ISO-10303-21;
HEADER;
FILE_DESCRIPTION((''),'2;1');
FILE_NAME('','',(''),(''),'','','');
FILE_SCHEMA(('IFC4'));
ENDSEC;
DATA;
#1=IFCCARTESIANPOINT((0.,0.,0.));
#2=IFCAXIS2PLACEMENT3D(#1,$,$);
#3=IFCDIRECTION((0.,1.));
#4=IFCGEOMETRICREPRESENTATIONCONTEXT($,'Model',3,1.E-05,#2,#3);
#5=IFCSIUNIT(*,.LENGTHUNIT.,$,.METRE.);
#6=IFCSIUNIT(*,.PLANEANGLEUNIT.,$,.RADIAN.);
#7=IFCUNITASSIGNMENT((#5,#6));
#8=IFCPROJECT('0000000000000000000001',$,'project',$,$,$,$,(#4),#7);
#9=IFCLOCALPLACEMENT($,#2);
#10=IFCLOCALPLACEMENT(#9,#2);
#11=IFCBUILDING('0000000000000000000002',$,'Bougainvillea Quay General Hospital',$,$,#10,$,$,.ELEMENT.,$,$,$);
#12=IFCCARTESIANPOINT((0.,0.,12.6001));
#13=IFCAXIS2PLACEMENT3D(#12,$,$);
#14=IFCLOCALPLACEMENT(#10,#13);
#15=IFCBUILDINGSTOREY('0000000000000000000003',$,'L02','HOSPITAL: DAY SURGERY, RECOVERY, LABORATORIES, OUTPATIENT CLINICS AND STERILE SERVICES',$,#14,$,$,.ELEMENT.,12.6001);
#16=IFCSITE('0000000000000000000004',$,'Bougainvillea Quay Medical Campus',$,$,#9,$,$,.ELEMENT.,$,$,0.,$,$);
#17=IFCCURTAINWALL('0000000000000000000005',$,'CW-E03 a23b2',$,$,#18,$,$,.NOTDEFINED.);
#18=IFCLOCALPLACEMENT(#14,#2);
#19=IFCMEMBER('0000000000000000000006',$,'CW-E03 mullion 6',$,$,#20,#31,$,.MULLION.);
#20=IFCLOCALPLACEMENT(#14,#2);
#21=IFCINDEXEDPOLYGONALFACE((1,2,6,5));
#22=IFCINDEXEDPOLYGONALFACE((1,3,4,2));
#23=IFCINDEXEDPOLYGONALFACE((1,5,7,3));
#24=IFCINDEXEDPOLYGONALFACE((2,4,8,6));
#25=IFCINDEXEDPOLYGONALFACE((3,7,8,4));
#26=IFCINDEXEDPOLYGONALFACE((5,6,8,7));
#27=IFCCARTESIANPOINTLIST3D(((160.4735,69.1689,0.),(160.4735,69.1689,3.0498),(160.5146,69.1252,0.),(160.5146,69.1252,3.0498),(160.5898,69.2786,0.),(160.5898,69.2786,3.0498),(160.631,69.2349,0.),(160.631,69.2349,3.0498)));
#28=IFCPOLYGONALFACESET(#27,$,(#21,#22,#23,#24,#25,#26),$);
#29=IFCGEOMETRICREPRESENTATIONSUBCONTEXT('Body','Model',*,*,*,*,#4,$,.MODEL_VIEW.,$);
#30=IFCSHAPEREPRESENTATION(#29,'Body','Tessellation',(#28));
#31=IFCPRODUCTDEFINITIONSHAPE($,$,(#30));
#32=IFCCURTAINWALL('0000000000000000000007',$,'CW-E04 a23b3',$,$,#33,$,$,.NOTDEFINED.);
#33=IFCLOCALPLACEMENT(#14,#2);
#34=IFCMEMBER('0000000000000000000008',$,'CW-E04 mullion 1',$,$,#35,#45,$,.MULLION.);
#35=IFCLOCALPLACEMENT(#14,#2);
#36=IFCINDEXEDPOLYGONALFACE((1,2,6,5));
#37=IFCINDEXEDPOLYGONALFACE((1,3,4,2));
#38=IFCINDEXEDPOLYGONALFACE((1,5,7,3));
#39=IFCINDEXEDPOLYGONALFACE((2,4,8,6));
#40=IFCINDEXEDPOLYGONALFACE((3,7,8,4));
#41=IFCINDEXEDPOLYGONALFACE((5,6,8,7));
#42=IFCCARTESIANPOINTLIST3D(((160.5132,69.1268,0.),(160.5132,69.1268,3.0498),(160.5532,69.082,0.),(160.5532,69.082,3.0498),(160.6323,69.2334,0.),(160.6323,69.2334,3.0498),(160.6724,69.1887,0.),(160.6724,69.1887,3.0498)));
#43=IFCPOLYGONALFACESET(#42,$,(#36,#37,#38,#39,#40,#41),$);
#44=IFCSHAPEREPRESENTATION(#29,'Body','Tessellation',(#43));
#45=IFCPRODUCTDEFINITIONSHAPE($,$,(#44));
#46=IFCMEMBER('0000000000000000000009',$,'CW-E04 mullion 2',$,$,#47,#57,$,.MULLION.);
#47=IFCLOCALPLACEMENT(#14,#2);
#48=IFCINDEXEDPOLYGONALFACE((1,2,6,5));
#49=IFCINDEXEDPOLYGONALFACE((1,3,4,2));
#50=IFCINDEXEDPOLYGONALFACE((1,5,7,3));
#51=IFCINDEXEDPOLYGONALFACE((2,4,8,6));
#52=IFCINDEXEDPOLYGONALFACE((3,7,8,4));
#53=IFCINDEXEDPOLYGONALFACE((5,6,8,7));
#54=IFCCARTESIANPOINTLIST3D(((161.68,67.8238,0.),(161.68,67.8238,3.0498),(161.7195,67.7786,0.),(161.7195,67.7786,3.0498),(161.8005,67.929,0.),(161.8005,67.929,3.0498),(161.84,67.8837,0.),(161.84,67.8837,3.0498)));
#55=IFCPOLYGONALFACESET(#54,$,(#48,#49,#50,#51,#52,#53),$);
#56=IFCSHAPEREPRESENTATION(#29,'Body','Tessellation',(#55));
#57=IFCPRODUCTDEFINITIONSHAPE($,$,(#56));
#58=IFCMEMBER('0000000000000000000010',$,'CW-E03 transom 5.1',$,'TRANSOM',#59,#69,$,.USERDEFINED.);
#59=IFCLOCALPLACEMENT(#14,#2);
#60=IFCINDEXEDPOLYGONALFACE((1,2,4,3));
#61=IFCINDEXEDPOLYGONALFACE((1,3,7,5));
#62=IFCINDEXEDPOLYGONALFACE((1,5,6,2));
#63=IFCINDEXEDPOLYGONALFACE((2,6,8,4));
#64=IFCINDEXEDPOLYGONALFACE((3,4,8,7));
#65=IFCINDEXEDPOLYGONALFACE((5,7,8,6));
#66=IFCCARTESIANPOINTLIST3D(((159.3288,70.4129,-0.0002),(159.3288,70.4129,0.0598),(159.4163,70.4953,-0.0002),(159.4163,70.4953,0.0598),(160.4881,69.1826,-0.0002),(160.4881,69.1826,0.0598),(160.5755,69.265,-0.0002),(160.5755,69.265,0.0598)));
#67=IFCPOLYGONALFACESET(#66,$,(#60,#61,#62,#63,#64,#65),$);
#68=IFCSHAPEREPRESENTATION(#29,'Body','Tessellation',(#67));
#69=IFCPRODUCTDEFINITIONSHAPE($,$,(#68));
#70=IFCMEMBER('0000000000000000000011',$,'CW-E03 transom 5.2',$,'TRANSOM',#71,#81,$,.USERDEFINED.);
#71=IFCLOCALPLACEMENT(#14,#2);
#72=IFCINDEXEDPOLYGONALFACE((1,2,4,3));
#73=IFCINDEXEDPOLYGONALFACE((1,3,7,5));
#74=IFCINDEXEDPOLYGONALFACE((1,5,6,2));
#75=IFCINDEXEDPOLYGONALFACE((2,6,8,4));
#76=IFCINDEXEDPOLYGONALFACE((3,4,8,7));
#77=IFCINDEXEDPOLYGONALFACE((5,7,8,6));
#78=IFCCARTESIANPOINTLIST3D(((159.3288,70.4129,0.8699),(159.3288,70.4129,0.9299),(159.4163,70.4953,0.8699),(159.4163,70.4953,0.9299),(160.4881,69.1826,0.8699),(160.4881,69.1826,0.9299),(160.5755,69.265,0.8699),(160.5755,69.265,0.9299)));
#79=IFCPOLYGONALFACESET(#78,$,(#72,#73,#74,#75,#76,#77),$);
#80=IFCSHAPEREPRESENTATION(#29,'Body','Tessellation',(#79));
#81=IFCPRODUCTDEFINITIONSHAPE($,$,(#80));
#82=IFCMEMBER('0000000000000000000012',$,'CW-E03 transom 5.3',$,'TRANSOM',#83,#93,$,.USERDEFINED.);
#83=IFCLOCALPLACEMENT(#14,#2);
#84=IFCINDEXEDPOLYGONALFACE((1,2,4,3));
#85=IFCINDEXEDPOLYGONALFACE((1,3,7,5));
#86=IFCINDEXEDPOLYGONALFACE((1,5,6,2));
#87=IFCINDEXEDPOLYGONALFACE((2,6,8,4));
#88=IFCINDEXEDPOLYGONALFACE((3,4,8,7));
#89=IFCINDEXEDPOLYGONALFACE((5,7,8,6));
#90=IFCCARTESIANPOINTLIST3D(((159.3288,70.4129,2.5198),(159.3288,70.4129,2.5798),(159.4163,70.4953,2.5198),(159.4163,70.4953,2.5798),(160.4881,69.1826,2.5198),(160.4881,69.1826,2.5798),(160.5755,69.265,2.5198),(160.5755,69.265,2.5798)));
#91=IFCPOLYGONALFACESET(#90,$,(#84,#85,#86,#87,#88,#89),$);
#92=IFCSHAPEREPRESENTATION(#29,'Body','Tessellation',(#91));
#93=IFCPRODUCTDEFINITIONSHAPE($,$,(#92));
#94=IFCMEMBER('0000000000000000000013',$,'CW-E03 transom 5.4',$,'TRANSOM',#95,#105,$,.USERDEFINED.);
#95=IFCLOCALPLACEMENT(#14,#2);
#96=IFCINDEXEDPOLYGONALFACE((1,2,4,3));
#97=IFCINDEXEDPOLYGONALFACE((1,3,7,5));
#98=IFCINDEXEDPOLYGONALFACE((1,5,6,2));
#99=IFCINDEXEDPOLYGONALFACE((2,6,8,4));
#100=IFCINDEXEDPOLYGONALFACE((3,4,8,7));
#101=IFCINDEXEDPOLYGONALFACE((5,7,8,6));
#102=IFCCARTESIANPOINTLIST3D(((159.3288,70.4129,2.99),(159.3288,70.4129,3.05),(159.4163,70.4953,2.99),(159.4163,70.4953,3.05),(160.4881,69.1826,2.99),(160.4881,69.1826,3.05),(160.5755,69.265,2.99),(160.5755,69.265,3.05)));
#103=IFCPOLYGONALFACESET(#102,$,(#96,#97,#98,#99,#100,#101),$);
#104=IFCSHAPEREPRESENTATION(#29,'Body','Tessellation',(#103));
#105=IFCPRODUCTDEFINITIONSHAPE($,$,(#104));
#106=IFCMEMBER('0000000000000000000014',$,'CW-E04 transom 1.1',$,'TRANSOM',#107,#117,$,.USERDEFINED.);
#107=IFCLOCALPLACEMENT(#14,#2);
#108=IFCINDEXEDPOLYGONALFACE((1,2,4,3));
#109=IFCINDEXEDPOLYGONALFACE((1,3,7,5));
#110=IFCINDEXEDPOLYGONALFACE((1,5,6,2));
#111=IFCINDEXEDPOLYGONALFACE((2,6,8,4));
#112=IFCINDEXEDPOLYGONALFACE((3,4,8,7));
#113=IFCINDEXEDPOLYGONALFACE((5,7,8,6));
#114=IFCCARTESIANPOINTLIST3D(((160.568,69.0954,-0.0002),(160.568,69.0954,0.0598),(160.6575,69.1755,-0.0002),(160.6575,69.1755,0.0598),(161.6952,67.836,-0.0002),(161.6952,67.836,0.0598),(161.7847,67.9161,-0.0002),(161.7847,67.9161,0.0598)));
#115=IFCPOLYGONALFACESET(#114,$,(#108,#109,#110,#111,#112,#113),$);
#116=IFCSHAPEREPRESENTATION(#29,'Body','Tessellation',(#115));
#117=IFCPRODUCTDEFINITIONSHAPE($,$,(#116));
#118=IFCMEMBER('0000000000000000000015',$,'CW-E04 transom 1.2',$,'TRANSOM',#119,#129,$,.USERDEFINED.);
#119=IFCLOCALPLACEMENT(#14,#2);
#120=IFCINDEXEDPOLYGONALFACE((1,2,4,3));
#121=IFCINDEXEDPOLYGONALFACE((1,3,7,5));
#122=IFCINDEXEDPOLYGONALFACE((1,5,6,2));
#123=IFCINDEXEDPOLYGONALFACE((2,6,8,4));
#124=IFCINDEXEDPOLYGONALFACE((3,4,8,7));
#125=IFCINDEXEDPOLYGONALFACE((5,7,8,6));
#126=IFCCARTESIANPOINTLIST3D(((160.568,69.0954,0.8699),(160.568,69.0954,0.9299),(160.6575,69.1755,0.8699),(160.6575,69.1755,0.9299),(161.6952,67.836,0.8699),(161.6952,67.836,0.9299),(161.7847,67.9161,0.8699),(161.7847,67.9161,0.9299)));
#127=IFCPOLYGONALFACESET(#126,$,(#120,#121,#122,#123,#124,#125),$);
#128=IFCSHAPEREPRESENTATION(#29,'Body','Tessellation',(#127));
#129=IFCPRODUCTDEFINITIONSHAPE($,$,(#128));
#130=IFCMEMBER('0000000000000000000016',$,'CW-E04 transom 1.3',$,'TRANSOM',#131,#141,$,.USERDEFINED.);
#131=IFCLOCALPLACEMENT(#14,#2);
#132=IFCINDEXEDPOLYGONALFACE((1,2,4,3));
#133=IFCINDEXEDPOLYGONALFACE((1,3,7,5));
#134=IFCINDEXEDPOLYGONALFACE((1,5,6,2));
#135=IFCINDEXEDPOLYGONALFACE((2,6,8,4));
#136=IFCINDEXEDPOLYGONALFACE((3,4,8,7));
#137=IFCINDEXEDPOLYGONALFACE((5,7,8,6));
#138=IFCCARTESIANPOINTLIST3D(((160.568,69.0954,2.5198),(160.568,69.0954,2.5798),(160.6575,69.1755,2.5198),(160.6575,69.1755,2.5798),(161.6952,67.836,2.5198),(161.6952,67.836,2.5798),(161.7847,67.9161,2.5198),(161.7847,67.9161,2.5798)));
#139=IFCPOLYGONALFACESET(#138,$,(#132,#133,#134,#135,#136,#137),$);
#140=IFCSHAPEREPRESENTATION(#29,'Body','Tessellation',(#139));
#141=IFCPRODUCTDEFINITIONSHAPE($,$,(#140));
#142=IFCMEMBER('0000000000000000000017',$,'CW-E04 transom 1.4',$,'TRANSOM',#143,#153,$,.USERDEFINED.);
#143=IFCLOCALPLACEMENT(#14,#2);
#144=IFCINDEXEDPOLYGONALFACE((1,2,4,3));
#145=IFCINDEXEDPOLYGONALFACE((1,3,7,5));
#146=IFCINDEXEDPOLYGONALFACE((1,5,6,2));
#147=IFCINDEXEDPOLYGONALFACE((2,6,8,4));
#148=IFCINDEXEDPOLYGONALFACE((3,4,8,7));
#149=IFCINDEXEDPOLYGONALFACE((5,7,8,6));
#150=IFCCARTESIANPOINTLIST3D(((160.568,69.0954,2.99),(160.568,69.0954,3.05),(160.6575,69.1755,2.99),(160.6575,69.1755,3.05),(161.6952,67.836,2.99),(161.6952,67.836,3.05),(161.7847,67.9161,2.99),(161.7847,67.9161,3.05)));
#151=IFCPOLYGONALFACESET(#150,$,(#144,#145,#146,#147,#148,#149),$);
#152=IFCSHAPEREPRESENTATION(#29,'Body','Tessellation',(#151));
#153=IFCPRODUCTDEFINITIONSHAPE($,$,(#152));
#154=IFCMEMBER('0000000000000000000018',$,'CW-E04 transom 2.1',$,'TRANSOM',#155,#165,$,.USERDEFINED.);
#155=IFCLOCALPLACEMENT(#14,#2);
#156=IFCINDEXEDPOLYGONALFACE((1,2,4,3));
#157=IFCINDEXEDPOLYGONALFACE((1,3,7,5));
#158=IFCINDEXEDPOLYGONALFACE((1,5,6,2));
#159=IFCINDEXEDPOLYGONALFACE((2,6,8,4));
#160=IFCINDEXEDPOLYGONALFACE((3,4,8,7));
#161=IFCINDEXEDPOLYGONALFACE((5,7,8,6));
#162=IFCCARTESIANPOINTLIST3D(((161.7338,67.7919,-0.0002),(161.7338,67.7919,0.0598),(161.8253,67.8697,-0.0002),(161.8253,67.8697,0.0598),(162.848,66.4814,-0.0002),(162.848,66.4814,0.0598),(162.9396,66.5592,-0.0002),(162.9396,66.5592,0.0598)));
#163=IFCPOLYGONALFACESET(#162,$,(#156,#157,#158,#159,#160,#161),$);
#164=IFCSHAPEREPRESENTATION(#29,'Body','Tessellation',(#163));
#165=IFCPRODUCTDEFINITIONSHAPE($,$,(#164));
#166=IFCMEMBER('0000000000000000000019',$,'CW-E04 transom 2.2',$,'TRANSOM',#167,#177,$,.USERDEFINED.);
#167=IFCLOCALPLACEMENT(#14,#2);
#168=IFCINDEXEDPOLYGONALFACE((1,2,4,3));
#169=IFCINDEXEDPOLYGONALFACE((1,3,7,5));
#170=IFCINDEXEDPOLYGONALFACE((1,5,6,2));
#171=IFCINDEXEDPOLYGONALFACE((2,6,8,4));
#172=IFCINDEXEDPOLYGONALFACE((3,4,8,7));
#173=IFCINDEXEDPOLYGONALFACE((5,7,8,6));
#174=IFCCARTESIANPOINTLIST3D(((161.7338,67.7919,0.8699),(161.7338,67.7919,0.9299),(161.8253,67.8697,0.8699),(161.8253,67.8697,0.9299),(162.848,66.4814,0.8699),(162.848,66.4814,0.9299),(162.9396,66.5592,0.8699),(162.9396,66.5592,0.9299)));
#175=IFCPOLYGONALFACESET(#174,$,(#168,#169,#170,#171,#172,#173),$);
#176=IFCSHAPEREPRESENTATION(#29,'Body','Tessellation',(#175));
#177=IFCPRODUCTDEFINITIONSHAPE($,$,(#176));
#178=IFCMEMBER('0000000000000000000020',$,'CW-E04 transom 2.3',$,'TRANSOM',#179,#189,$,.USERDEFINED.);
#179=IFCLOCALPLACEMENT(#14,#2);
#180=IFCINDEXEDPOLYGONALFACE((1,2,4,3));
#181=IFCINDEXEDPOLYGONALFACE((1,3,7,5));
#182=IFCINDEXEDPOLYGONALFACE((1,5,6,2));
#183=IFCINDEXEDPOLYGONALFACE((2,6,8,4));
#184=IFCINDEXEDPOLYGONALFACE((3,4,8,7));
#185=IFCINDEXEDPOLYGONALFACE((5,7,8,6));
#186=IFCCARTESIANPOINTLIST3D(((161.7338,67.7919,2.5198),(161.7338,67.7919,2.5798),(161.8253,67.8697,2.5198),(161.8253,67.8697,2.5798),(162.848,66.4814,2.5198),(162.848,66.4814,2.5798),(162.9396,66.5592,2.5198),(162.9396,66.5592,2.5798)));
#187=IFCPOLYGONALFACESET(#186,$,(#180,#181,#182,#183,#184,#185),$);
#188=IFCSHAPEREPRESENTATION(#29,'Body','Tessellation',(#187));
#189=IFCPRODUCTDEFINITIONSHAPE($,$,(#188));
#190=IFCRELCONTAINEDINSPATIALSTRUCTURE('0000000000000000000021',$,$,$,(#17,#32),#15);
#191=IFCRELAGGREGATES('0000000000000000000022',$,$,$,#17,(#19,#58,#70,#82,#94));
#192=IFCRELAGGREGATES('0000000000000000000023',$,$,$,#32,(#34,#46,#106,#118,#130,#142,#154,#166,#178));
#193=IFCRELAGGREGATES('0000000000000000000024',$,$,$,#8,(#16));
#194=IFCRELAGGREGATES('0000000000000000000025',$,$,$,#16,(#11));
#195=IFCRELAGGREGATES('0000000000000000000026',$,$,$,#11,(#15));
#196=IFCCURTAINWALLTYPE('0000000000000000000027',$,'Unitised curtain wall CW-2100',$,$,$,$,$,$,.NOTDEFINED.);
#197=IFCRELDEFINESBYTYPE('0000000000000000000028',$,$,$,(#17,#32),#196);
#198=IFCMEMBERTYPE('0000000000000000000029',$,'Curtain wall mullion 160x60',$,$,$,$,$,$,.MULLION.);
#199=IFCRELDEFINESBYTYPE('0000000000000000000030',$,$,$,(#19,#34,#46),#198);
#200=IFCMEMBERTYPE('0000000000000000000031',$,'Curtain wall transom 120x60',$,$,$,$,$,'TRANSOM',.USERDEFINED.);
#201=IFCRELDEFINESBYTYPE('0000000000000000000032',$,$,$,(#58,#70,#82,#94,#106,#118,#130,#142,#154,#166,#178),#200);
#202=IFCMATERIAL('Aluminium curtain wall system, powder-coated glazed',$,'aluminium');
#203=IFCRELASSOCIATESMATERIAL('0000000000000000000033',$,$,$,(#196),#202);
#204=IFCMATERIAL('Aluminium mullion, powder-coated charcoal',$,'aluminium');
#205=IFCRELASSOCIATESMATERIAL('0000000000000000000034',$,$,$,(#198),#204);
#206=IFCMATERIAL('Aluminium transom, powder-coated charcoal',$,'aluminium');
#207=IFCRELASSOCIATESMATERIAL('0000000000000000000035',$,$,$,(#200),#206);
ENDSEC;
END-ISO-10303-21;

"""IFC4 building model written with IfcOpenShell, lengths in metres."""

from ifc_helpers import new_model, si_unit, direction, frame, origin, origin_2d, place, context, subcontext, project, spatial, rectangle, extrude, material, material_profile, profile_set, type_object, element, aggregate, save


model = new_model("IFC4")

# Units and contexts
model_context = context("Model", 3, precision=1e-05, world=origin(), true_north=direction((0.0, 1.0)))
body_context = subcontext(model_context, "Body", "Model", "MODEL_VIEW")
ifc_project = project(units=[si_unit("LENGTHUNIT", "METRE"), si_unit("PLANEANGLEUNIT", "RADIAN")], contexts=[model_context])

# Site, building, storey
site_placement = place(None, origin())
site = spatial("IfcSite", under=ifc_project, at=site_placement, Name="Bougainvillea Quay Medical Campus", CompositionType="ELEMENT", RefElevation=0.0)
building_placement = place(site_placement, origin())
building = spatial("IfcBuilding", under=site, at=building_placement, Name="Bougainvillea Quay General Hospital", CompositionType="ELEMENT")
storey_placement = place(building_placement, frame((0.0, 0.0, 12.6001)))
storey = spatial("IfcBuildingStorey", under=building, at=storey_placement, Name="L02", Description="HOSPITAL: DAY SURGERY, RECOVERY, LABORATORIES, OUTPATIENT CLINICS AND STERILE SERVICES", CompositionType="ELEMENT", Elevation=12.6001)

# Curtain wall, member
ifc_material_1 = material(Name="Aluminium curtain wall system, powder-coated glazed", Category="aluminium")
curtain_wall_type = type_object("IfcCurtainWallType", Name="Unitised curtain wall CW-2100", PredefinedType="NOTDEFINED", material=ifc_material_1)
curtain_wall_1_placement = place(storey_placement, origin())
curtain_wall_1 = element("IfcCurtainWall", 1, at=curtain_wall_1_placement, inside=storey, type_object=curtain_wall_type, Name="CW-E03 a23b2", PredefinedType="NOTDEFINED")
ifc_material_2 = material(Name="Aluminium mullion, powder-coated charcoal", Category="aluminium")
ifc_material_profile_1 = material_profile(ifc_material_2, rectangle(XDim=0.1599, YDim=0.0601, at=origin_2d()))
ifc_profile_set_1 = profile_set([ifc_material_profile_1], Name="Aluminium mullion, powder-coated charcoal")
member_type_1 = type_object("IfcMemberType", Name="Curtain wall mullion 160x60", PredefinedType="MULLION", material=ifc_profile_set_1)
member_1_placement = place(storey_placement, frame((160.5522, 69.2019, 0.0), z_axis=(0.0, 0.0, 1.0), x_axis=(0.72783, 0.685757, 0.0)))
member_1 = element("IfcMember", 2, at=member_1_placement, type_object=member_type_1, Name="CW-E03 mullion 6", PredefinedType="MULLION", context=body_context, shape_type="SweptSolid", body=[
    extrude(rectangle(XDim=0.1599, YDim=0.0601, at=origin_2d()), origin(), (0.0, 0.0, 1.0), 3.0498),
])

# Curtain wall, members
curtain_wall_2_placement = place(storey_placement, origin())
curtain_wall_2 = element("IfcCurtainWall", 3, at=curtain_wall_2_placement, inside=storey, type_object=curtain_wall_type, Name="CW-E04 a23b3", PredefinedType="NOTDEFINED")
member_2_placement = place(storey_placement, frame((160.5928, 69.1577, 0.0), z_axis=(0.0, 0.0, 1.0), x_axis=(0.745094, 0.666959, 0.0)))
member_2 = element("IfcMember", 4, at=member_2_placement, type_object=member_type_1, Name="CW-E04 mullion 1", PredefinedType="MULLION", context=body_context, shape_type="SweptSolid", body=[
    extrude(rectangle(XDim=0.1599, YDim=0.0601, at=origin_2d()), origin(), (0.0, 0.0, 1.0), 3.0498),
])
member_3_placement = place(storey_placement, frame((161.76, 67.8538, 0.0), z_axis=(0.0, 0.0, 1.0), x_axis=(0.753545, 0.657396, 0.0)))
member_3 = element("IfcMember", 5, at=member_3_placement, type_object=member_type_1, Name="CW-E04 mullion 2", PredefinedType="MULLION", context=body_context, shape_type="SweptSolid", body=[
    extrude(rectangle(XDim=0.1599, YDim=0.0601, at=origin_2d()), origin(), (0.0, 0.0, 1.0), 3.0498),
])

# Members
ifc_material_3 = material(Name="Aluminium transom, powder-coated charcoal", Category="aluminium")
ifc_material_profile_2 = material_profile(ifc_material_3, rectangle(XDim=0.1201, YDim=0.0601, at=origin_2d()))
ifc_profile_set_2 = profile_set([ifc_material_profile_2], Name="Aluminium transom, powder-coated charcoal")
member_type_2 = type_object("IfcMemberType", Name="Curtain wall transom 120x60", ElementType="TRANSOM", PredefinedType="USERDEFINED", material=ifc_profile_set_2)
member_4_placement = place(storey_placement, frame((159.3726, 70.4541, 0.0298), z_axis=(0.685779, -0.72781, 0.0), x_axis=(0.72781, 0.685779, 0.0)))
member_4 = element("IfcMember", 6, at=member_4_placement, type_object=member_type_2, Name="CW-E03 transom 5.1", ObjectType="TRANSOM", PredefinedType="USERDEFINED", context=body_context, shape_type="SweptSolid", body=[
    extrude(rectangle(XDim=0.1201, YDim=0.0601, at=origin_2d()), origin(), (0.0, 0.0, 1.0), 1.6904),
])
member_5_placement = place(storey_placement, frame((159.3726, 70.4541, 0.8999), z_axis=(0.685779, -0.72781, 0.0), x_axis=(0.72781, 0.685779, 0.0)))
member_5 = element("IfcMember", 7, at=member_5_placement, type_object=member_type_2, Name="CW-E03 transom 5.2", ObjectType="TRANSOM", PredefinedType="USERDEFINED", context=body_context, shape_type="SweptSolid", body=[
    extrude(rectangle(XDim=0.1201, YDim=0.0601, at=origin_2d()), origin(), (0.0, 0.0, 1.0), 1.6904),
])
member_6_placement = place(storey_placement, frame((159.3726, 70.4541, 2.5498), z_axis=(0.685779, -0.72781, 0.0), x_axis=(0.72781, 0.685779, 0.0)))
member_6 = element("IfcMember", 8, at=member_6_placement, type_object=member_type_2, Name="CW-E03 transom 5.3", ObjectType="TRANSOM", PredefinedType="USERDEFINED", context=body_context, shape_type="SweptSolid", body=[
    extrude(rectangle(XDim=0.1201, YDim=0.0601, at=origin_2d()), origin(), (0.0, 0.0, 1.0), 1.6904),
])
member_7_placement = place(storey_placement, frame((159.3726, 70.4541, 3.02), z_axis=(0.685779, -0.72781, 0.0), x_axis=(0.72781, 0.685779, 0.0)))
member_7 = element("IfcMember", 9, at=member_7_placement, type_object=member_type_2, Name="CW-E03 transom 5.4", ObjectType="TRANSOM", PredefinedType="USERDEFINED", context=body_context, shape_type="SweptSolid", body=[
    extrude(rectangle(XDim=0.1201, YDim=0.0601, at=origin_2d()), origin(), (0.0, 0.0, 1.0), 1.6904),
])
member_8_placement = place(storey_placement, frame((160.6128, 69.1355, 0.0298), z_axis=(0.666879, -0.745166, 0.0), x_axis=(0.745166, 0.666879, 0.0)))
member_8 = element("IfcMember", 10, at=member_8_placement, type_object=member_type_2, Name="CW-E04 transom 1.1", ObjectType="TRANSOM", PredefinedType="USERDEFINED", context=body_context, shape_type="SweptSolid", body=[
    extrude(rectangle(XDim=0.1201, YDim=0.0601, at=origin_2d()), origin(), (0.0, 0.0, 1.0), 1.6902),
])
member_9_placement = place(storey_placement, frame((160.6128, 69.1355, 0.8999), z_axis=(0.666879, -0.745166, 0.0), x_axis=(0.745166, 0.666879, 0.0)))
member_9 = element("IfcMember", 11, at=member_9_placement, type_object=member_type_2, Name="CW-E04 transom 1.2", ObjectType="TRANSOM", PredefinedType="USERDEFINED", context=body_context, shape_type="SweptSolid", body=[
    extrude(rectangle(XDim=0.1201, YDim=0.0601, at=origin_2d()), origin(), (0.0, 0.0, 1.0), 1.6902),
])
member_10_placement = place(storey_placement, frame((160.6128, 69.1355, 2.5498), z_axis=(0.666879, -0.745166, 0.0), x_axis=(0.745166, 0.666879, 0.0)))
member_10 = element("IfcMember", 12, at=member_10_placement, type_object=member_type_2, Name="CW-E04 transom 1.3", ObjectType="TRANSOM", PredefinedType="USERDEFINED", context=body_context, shape_type="SweptSolid", body=[
    extrude(rectangle(XDim=0.1201, YDim=0.0601, at=origin_2d()), origin(), (0.0, 0.0, 1.0), 1.6902),
])
member_11_placement = place(storey_placement, frame((160.6128, 69.1355, 3.02), z_axis=(0.666879, -0.745166, 0.0), x_axis=(0.745166, 0.666879, 0.0)))
member_11 = element("IfcMember", 13, at=member_11_placement, type_object=member_type_2, Name="CW-E04 transom 1.4", ObjectType="TRANSOM", PredefinedType="USERDEFINED", context=body_context, shape_type="SweptSolid", body=[
    extrude(rectangle(XDim=0.1201, YDim=0.0601, at=origin_2d()), origin(), (0.0, 0.0, 1.0), 1.6902),
])
member_12_placement = place(storey_placement, frame((161.7795, 67.8308, 0.0298), z_axis=(0.647747, -0.761855, 0.0), x_axis=(0.761855, 0.647747, 0.0)))
member_12 = element("IfcMember", 14, at=member_12_placement, type_object=member_type_2, Name="CW-E04 transom 2.1", ObjectType="TRANSOM", PredefinedType="USERDEFINED", context=body_context, shape_type="SweptSolid", body=[
    extrude(rectangle(XDim=0.1201, YDim=0.0601, at=origin_2d()), origin(), (0.0, 0.0, 1.0), 1.7202),
])
member_13_placement = place(storey_placement, frame((161.7795, 67.8308, 0.8999), z_axis=(0.647747, -0.761855, 0.0), x_axis=(0.761855, 0.647747, 0.0)))
member_13 = element("IfcMember", 15, at=member_13_placement, type_object=member_type_2, Name="CW-E04 transom 2.2", ObjectType="TRANSOM", PredefinedType="USERDEFINED", context=body_context, shape_type="SweptSolid", body=[
    extrude(rectangle(XDim=0.1201, YDim=0.0601, at=origin_2d()), origin(), (0.0, 0.0, 1.0), 1.7202),
])
member_14_placement = place(storey_placement, frame((161.7795, 67.8308, 2.5498), z_axis=(0.647747, -0.761855, 0.0), x_axis=(0.761855, 0.647747, 0.0)))
member_14 = element("IfcMember", 16, at=member_14_placement, type_object=member_type_2, Name="CW-E04 transom 2.3", ObjectType="TRANSOM", PredefinedType="USERDEFINED", context=body_context, shape_type="SweptSolid", body=[
    extrude(rectangle(XDim=0.1201, YDim=0.0601, at=origin_2d()), origin(), (0.0, 0.0, 1.0), 1.7202),
])

aggregate(curtain_wall_1, [member_1, member_4, member_5, member_6, member_7])
aggregate(curtain_wall_2, [member_2, member_3, member_8, member_9, member_10, member_11, member_12, member_13, member_14])

save(model, "model.ifc")
